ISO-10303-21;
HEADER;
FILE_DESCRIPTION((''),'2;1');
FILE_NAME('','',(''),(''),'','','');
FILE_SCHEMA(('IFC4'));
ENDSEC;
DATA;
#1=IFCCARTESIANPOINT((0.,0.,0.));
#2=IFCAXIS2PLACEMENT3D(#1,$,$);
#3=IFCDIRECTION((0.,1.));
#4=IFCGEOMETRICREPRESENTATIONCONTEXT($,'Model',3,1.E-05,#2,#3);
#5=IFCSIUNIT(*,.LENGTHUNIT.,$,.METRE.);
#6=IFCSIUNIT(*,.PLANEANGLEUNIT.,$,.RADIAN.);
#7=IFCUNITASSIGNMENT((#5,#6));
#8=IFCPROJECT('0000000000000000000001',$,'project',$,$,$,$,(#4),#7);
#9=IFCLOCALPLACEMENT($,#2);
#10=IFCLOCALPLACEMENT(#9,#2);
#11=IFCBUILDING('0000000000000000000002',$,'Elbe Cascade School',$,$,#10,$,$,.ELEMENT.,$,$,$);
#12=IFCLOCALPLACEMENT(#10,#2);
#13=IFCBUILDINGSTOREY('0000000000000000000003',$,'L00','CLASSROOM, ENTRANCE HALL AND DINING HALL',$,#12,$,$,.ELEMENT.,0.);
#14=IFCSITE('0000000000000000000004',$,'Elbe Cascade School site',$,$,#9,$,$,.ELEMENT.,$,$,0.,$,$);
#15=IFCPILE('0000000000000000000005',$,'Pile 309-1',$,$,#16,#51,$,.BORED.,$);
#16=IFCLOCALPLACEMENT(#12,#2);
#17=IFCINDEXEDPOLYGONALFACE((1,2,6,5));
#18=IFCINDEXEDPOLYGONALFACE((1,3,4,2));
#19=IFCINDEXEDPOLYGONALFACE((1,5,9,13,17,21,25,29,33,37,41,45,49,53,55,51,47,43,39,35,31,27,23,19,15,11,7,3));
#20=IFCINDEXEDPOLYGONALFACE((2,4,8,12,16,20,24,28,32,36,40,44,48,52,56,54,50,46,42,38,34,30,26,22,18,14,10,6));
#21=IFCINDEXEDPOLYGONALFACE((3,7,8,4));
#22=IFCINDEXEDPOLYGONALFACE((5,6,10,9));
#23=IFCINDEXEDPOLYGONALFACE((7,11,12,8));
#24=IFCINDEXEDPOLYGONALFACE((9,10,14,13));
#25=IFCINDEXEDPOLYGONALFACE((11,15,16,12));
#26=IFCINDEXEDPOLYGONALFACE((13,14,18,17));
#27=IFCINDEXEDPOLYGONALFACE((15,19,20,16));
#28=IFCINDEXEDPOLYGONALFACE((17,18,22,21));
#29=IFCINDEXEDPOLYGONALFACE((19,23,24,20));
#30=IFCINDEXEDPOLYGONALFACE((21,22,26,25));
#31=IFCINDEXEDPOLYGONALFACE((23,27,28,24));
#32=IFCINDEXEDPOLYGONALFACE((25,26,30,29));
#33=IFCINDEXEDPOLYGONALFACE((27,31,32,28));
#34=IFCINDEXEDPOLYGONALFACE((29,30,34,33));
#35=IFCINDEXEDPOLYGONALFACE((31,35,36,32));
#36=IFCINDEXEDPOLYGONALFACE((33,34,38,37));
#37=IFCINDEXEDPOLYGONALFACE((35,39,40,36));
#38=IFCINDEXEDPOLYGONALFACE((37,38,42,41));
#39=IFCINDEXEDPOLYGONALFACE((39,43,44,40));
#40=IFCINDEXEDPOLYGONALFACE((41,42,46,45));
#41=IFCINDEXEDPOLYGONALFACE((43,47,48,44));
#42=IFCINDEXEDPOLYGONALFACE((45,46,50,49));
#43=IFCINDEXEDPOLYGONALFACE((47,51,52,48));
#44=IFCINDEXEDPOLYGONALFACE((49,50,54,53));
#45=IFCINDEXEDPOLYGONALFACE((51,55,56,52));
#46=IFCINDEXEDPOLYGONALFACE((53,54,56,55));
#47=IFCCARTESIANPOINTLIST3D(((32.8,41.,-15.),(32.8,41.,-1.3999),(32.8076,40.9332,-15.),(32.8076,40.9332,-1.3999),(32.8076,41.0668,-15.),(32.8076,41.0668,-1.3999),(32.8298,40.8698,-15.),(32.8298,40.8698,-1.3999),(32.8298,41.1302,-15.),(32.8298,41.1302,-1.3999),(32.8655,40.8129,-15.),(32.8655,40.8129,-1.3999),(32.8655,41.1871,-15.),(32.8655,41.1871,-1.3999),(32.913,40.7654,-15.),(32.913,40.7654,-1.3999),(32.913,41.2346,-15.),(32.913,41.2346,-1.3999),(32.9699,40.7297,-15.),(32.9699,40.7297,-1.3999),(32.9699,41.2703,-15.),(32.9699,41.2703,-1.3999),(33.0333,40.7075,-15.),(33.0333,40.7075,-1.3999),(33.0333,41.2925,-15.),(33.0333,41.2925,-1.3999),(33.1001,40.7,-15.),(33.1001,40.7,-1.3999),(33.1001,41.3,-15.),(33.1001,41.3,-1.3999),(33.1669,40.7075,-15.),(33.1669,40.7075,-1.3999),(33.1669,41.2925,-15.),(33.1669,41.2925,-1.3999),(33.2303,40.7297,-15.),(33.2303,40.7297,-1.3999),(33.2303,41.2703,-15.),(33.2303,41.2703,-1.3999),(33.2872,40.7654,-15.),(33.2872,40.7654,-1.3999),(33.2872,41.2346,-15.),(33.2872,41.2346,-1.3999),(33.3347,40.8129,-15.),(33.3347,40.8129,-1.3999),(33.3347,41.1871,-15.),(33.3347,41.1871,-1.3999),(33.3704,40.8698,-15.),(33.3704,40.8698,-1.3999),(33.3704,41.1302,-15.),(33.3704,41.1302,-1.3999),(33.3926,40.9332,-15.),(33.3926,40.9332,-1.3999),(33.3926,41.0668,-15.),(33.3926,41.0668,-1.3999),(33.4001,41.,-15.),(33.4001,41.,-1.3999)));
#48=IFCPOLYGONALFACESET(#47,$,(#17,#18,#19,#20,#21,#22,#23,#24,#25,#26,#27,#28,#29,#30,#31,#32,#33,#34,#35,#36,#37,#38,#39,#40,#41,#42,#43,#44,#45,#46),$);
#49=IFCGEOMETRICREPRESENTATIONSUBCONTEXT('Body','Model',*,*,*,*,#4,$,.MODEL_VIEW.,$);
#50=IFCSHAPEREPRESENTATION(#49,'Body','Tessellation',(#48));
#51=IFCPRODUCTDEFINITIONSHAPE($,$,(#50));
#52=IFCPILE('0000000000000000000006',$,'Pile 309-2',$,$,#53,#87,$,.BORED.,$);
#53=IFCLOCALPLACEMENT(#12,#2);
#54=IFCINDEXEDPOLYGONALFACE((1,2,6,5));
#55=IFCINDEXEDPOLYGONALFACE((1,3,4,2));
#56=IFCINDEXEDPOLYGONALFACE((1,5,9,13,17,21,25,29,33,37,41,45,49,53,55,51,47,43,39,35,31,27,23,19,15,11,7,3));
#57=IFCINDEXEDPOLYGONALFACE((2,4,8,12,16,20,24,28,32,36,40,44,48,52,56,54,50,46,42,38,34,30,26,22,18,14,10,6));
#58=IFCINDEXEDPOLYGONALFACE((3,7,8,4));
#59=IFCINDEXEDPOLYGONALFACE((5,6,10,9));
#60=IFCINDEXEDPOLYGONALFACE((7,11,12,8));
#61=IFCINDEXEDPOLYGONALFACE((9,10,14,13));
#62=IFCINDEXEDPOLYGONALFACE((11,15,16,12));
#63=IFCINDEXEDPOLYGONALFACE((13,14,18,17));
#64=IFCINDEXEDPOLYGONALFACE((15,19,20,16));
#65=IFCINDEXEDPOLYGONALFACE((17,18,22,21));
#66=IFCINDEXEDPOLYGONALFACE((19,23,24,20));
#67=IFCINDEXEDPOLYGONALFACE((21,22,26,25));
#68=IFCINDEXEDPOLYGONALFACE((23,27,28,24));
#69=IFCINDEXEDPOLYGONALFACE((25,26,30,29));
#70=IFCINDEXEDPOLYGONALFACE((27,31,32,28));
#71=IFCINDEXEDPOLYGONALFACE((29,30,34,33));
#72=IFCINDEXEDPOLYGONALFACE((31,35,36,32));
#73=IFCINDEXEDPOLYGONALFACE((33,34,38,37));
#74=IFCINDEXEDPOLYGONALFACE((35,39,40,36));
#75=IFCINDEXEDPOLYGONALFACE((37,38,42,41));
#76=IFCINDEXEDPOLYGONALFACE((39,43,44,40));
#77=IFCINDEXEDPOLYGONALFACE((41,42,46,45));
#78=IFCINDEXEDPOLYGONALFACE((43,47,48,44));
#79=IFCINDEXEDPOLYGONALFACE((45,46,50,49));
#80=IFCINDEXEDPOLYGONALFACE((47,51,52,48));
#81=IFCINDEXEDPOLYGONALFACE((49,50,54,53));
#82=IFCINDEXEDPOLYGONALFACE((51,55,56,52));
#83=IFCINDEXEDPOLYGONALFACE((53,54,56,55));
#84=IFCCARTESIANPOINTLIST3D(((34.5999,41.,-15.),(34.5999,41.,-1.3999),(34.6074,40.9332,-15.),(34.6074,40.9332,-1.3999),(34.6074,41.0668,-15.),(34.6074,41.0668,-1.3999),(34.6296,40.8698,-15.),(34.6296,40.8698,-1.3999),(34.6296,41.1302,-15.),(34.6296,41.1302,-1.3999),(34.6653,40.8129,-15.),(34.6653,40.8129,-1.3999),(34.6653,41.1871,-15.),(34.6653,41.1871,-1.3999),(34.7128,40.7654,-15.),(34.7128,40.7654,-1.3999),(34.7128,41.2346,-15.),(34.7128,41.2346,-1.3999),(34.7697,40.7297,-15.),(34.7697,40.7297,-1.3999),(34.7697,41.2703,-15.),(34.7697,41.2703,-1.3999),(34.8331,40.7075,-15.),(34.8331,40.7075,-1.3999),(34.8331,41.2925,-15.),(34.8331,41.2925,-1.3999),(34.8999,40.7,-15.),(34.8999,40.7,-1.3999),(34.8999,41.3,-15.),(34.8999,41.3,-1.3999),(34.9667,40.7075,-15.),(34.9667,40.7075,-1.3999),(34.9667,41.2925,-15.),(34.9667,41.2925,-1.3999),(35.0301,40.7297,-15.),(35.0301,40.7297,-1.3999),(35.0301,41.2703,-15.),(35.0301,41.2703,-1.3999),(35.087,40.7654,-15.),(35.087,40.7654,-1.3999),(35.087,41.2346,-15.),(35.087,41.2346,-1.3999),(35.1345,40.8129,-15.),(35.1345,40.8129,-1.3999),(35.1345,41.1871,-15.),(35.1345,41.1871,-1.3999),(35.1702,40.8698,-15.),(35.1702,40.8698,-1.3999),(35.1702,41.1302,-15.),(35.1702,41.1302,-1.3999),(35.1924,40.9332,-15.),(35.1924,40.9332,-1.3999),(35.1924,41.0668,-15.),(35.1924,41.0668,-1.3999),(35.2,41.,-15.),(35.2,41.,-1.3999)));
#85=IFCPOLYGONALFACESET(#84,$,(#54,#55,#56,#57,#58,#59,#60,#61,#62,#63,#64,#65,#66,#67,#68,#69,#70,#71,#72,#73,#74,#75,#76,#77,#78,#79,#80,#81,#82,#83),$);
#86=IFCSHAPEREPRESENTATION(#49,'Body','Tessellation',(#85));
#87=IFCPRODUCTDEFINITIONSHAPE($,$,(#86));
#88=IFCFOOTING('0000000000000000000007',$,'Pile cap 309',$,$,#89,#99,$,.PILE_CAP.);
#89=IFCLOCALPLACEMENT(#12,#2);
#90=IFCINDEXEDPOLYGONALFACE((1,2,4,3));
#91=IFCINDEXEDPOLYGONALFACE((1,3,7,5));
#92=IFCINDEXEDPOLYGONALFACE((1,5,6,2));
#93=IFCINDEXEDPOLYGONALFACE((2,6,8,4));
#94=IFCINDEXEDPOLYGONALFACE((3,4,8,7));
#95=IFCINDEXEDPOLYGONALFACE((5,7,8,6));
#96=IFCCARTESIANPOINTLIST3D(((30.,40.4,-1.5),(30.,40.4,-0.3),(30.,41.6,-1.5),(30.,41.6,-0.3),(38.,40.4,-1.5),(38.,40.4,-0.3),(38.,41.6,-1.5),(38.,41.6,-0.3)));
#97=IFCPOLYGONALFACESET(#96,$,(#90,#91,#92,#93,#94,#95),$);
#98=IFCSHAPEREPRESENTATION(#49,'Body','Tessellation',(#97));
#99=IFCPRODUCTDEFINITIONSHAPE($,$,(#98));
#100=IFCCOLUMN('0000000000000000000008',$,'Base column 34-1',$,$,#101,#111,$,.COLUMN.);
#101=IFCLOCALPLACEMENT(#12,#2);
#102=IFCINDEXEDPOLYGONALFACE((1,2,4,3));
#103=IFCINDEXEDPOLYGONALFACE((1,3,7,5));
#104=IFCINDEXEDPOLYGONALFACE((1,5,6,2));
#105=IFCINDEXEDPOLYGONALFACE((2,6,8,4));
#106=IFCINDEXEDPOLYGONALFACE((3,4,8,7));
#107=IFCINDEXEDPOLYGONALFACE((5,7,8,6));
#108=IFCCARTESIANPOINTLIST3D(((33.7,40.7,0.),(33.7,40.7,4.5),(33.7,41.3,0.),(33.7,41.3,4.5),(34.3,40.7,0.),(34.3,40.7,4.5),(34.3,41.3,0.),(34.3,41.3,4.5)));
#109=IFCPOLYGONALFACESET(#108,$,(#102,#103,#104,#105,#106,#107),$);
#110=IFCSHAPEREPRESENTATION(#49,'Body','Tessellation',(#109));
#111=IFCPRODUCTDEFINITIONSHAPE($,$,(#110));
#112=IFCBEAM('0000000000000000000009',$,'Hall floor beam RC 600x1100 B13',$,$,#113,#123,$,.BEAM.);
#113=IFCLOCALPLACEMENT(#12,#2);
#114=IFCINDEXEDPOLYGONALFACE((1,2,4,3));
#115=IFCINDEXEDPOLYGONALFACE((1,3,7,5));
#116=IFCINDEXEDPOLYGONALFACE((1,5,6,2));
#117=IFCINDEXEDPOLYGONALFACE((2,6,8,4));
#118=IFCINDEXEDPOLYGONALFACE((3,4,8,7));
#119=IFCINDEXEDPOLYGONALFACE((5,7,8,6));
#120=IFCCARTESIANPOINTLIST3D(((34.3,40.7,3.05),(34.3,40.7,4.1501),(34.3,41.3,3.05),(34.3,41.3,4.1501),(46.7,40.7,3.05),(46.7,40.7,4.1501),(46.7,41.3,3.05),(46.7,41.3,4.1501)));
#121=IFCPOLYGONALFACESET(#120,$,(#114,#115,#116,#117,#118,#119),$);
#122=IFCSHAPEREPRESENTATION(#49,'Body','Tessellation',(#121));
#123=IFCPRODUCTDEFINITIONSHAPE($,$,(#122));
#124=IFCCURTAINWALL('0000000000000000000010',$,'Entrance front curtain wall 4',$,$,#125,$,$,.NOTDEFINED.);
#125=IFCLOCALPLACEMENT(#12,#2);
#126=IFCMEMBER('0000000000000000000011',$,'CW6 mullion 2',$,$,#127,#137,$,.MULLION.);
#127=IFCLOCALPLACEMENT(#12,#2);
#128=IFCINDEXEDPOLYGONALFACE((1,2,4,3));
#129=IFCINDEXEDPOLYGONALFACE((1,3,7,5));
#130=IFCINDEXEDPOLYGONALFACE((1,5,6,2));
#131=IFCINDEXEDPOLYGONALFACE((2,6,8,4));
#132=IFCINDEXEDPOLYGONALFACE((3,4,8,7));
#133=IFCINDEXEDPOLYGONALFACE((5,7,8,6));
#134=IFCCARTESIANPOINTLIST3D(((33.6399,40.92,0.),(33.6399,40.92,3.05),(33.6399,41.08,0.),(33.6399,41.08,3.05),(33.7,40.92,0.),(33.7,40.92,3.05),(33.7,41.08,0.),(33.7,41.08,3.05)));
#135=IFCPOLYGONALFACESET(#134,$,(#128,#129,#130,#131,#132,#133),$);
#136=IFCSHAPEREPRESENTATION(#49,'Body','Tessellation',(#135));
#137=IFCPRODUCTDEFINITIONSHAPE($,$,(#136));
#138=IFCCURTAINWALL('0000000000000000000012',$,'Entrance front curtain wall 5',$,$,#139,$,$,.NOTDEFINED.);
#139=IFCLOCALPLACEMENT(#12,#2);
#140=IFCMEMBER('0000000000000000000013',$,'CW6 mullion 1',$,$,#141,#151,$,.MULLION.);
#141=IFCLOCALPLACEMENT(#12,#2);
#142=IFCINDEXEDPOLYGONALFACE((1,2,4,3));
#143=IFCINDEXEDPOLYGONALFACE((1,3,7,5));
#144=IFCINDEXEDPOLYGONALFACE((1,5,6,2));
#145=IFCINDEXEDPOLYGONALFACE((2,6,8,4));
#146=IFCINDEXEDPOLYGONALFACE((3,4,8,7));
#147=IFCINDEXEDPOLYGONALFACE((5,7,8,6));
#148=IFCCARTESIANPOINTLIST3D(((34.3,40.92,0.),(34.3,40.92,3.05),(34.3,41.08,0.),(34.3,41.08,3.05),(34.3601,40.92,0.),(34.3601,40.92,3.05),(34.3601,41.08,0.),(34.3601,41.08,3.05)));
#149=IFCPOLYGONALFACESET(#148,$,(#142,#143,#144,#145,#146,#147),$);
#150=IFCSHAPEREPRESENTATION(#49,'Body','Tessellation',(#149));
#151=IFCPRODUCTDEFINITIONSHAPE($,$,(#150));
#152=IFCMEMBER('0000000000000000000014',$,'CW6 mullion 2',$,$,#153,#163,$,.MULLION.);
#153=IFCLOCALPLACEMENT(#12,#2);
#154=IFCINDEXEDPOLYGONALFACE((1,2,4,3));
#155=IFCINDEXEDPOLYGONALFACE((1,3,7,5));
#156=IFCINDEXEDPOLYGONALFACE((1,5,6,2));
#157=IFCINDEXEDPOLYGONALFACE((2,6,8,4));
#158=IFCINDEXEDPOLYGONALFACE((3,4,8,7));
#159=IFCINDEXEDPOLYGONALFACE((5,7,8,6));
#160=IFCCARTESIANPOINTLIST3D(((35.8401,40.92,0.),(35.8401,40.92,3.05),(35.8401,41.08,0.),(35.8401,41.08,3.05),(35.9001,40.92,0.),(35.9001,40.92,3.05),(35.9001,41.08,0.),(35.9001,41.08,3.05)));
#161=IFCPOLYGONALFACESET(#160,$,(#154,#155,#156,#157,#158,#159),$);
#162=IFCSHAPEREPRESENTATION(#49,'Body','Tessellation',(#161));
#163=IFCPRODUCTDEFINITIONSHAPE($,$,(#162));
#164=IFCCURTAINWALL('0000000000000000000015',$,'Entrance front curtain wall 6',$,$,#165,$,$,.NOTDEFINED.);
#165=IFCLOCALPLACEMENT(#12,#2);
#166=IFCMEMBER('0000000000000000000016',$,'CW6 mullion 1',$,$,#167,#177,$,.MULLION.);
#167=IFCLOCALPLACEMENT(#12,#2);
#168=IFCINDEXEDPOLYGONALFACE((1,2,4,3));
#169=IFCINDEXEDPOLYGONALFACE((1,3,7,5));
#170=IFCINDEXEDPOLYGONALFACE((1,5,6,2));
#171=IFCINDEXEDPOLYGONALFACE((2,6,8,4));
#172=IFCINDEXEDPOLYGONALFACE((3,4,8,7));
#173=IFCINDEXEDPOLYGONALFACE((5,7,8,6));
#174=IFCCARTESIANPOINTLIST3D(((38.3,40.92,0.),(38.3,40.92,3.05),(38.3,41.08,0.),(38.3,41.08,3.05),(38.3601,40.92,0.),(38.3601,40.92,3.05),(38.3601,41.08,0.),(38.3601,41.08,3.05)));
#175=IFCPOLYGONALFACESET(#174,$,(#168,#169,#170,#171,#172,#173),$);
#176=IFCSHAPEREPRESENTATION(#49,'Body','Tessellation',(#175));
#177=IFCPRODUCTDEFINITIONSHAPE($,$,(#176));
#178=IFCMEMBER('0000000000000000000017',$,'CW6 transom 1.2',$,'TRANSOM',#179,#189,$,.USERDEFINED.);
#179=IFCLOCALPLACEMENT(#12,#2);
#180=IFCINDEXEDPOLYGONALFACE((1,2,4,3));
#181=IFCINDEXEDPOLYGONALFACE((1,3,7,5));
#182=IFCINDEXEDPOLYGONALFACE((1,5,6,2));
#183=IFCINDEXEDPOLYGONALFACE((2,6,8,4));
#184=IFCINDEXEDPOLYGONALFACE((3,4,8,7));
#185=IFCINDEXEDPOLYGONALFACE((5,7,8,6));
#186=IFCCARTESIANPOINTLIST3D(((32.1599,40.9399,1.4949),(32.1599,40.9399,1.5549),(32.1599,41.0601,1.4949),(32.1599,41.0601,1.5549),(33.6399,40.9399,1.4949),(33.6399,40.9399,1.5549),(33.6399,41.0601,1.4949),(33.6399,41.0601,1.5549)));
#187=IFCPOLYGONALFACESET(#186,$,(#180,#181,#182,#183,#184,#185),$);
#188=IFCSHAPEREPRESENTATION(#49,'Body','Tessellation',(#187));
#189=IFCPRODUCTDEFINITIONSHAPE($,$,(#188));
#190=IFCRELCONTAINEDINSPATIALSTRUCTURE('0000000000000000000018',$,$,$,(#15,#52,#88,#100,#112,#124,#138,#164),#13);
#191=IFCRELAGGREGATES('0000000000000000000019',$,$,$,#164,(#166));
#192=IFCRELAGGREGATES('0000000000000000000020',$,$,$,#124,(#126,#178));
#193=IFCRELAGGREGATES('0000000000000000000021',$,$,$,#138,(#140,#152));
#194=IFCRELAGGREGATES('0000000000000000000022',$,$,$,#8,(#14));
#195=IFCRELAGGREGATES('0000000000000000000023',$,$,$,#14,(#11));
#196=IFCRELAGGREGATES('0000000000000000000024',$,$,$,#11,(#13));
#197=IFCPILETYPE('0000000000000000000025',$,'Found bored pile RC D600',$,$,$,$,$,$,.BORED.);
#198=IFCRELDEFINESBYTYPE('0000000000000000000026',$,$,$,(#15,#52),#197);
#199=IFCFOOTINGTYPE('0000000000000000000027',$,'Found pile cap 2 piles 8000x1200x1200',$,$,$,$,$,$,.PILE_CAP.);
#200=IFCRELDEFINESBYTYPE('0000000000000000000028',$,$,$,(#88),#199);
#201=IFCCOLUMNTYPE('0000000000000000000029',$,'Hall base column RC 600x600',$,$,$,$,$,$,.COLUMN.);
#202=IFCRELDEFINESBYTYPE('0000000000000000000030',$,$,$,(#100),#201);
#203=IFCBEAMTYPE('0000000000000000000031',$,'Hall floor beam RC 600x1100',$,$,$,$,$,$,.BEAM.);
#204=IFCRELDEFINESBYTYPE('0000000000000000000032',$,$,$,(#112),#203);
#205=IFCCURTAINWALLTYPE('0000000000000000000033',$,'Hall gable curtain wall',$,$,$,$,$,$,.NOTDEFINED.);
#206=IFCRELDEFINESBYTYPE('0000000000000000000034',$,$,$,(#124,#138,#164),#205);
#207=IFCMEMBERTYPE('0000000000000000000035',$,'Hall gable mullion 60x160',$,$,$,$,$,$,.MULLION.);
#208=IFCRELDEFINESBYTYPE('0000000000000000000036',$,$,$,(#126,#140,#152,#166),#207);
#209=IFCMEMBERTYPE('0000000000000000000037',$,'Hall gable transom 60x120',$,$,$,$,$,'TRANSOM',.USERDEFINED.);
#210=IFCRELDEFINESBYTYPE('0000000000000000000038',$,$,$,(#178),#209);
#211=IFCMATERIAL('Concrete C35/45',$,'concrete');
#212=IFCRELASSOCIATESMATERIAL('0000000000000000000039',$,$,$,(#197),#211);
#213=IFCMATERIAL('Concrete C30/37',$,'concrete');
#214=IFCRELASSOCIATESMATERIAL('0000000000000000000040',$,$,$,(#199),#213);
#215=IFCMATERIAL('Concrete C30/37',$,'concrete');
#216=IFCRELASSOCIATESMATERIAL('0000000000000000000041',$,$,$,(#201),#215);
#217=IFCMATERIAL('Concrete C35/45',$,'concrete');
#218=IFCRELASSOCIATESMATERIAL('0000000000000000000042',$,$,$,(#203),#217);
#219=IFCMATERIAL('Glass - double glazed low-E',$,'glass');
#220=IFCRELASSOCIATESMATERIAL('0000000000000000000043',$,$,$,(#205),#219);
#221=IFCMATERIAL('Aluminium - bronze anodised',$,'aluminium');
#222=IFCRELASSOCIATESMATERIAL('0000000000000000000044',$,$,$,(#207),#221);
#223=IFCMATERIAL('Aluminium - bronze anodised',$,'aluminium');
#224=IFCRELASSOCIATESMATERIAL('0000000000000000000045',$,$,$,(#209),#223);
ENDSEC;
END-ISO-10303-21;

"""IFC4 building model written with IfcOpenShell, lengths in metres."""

from ifc_helpers import new_model, si_unit, direction, frame, origin, origin_2d, place, context, subcontext, project, spatial, rectangle, circle, extrude, material, material_profile, profile_set, type_object, element, aggregate, save


model = new_model("IFC4")

# Units and contexts
model_context = context("Model", 3, precision=1e-05, world=origin(), true_north=direction((0.0, 1.0)))
body_context = subcontext(model_context, "Body", "Model", "MODEL_VIEW")
ifc_project = project(units=[si_unit("LENGTHUNIT", "METRE"), si_unit("PLANEANGLEUNIT", "RADIAN")], contexts=[model_context])

# Site, building, storey
site_placement = place(None, origin())
site = spatial("IfcSite", under=ifc_project, at=site_placement, Name="Elbe Cascade School site", CompositionType="ELEMENT", RefElevation=0.0)
building_placement = place(site_placement, origin())
building = spatial("IfcBuilding", under=site, at=building_placement, Name="Elbe Cascade School", CompositionType="ELEMENT")
storey_placement = place(building_placement, origin())
storey = spatial("IfcBuildingStorey", under=building, at=storey_placement, Name="L00", Description="CLASSROOM, ENTRANCE HALL AND DINING HALL", CompositionType="ELEMENT", Elevation=0.0)

# Piles
ifc_material_1 = material(Name="Concrete C35/45", Category="concrete")
ifc_material_profile_1 = material_profile(ifc_material_1, circle(Radius=0.3, at=origin_2d()), Name="RC D600")
ifc_profile_set_1 = profile_set([ifc_material_profile_1], Name="Concrete C35/45")
pile_type = type_object("IfcPileType", Name="Found bored pile RC D600", PredefinedType="BORED", material=ifc_profile_set_1)
for number, where, z_axis, x_axis, name in (
    (1, (33.1001, 41.0, -1.3999), (0.0, 0.0, -1.0), (1.0, 0.0, 0.0), "Pile 309-1"),
    (2, (34.8999, 41.0, -1.3999), (0.0, 0.0, -1.0), (1.0, 0.0, 0.0), "Pile 309-2"),
):
    element("IfcPile", number, at=place(storey_placement, frame(where, z_axis=z_axis, x_axis=x_axis)), inside=storey, type_object=pile_type, Name=name, PredefinedType="BORED", context=body_context, shape_type="SweptSolid", body=[
        extrude(circle(Radius=0.3, at=origin_2d()), origin(), (0.0, 0.0, 1.0), 13.6001),
    ])

# Footing
ifc_material_2 = material(Name="Concrete C30/37", Category="concrete")
footing_type = type_object("IfcFootingType", Name="Found pile cap 2 piles 8000x1200x1200", PredefinedType="PILE_CAP", material=ifc_material_2)
footing_placement = place(storey_placement, frame((34.0, 41.0, -1.5), z_axis=(0.0, 0.0, 1.0), x_axis=(1.0, 0.0, 0.0)))
element("IfcFooting", 3, at=footing_placement, inside=storey, type_object=footing_type, Name="Pile cap 309", PredefinedType="PILE_CAP", context=body_context, shape_type="SweptSolid", body=[
    extrude(rectangle(XDim=8.0, YDim=1.2, at=origin_2d()), origin(), (0.0, 0.0, 1.0), 1.2),
])

# Column
ifc_material_3 = material(Name="Concrete C30/37", Category="concrete")
ifc_material_profile_2 = material_profile(ifc_material_3, rectangle(XDim=0.6001, YDim=0.6001, at=origin_2d()), Name="RC 600x600")
ifc_profile_set_2 = profile_set([ifc_material_profile_2], Name="Concrete C30/37")
column_type = type_object("IfcColumnType", Name="Hall base column RC 600x600", PredefinedType="COLUMN", material=ifc_profile_set_2)
column_placement = place(storey_placement, frame((34.0, 41.0, 0.0), z_axis=(0.0, 0.0, 1.0), x_axis=(1.0, 0.0, 0.0)))
element("IfcColumn", 4, at=column_placement, inside=storey, type_object=column_type, Name="Base column 34-1", PredefinedType="COLUMN", context=body_context, shape_type="SweptSolid", body=[
    extrude(rectangle(XDim=0.6001, YDim=0.6001, at=origin_2d()), origin(), (0.0, 0.0, 1.0), 4.5),
])

# Beam
ifc_material_4 = material(Name="Concrete C35/45", Category="concrete")
ifc_material_profile_3 = material_profile(ifc_material_4, rectangle(XDim=0.6001, YDim=1.1001, at=origin_2d()), Name="RC 600x1100")
ifc_profile_set_3 = profile_set([ifc_material_profile_3], Name="Concrete C35/45")
beam_type = type_object("IfcBeamType", Name="Hall floor beam RC 600x1100", PredefinedType="BEAM", material=ifc_profile_set_3)
beam_placement = place(storey_placement, frame((34.3, 41.0, 3.6001), z_axis=(1.0, 0.0, 0.0), x_axis=(0.0, 1.0, 0.0)))
element("IfcBeam", 5, at=beam_placement, inside=storey, type_object=beam_type, Name="Hall floor beam RC 600x1100 B13", PredefinedType="BEAM", context=body_context, shape_type="SweptSolid", body=[
    extrude(rectangle(XDim=0.6001, YDim=1.1001, at=origin_2d()), origin(), (0.0, 0.0, 1.0), 12.3999),
])

# Curtain wall, member
ifc_material_5 = material(Name="Glass - double glazed low-E", Category="glass")
curtain_wall_type = type_object("IfcCurtainWallType", Name="Hall gable curtain wall", PredefinedType="NOTDEFINED", material=ifc_material_5)
curtain_wall_1_placement = place(storey_placement, origin())
curtain_wall_1 = element("IfcCurtainWall", 6, at=curtain_wall_1_placement, inside=storey, type_object=curtain_wall_type, Name="Entrance front curtain wall 4", PredefinedType="NOTDEFINED")
ifc_material_6 = material(Name="Aluminium - bronze anodised", Category="aluminium")
ifc_material_profile_4 = material_profile(ifc_material_6, rectangle(XDim=0.1599, YDim=0.0601, at=origin_2d()), Name="Alu 60x160")
ifc_profile_set_4 = profile_set([ifc_material_profile_4], Name="Aluminium - bronze anodised")
member_type_1 = type_object("IfcMemberType", Name="Hall gable mullion 60x160", PredefinedType="MULLION", material=ifc_profile_set_4)
member_1_placement = place(storey_placement, frame((33.6699, 41.0, 0.0), z_axis=(0.0, 0.0, 1.0), x_axis=(0.0, 1.0, 0.0)))
member_1 = element("IfcMember", 7, at=member_1_placement, type_object=member_type_1, Name="CW6 mullion 2", PredefinedType="MULLION", context=body_context, shape_type="SweptSolid", body=[
    extrude(rectangle(XDim=0.1599, YDim=0.0601, at=origin_2d()), origin(), (0.0, 0.0, 1.0), 3.05),
])

# Curtain wall, members
curtain_wall_2_placement = place(storey_placement, origin())
curtain_wall_2 = element("IfcCurtainWall", 8, at=curtain_wall_2_placement, inside=storey, type_object=curtain_wall_type, Name="Entrance front curtain wall 5", PredefinedType="NOTDEFINED")
member_2_placement = place(storey_placement, frame((34.3301, 41.0, 0.0), z_axis=(0.0, 0.0, 1.0), x_axis=(0.0, 1.0, 0.0)))
member_2 = element("IfcMember", 9, at=member_2_placement, type_object=member_type_1, Name="CW6 mullion 1", PredefinedType="MULLION", context=body_context, shape_type="SweptSolid", body=[
    extrude(rectangle(XDim=0.1599, YDim=0.0601, at=origin_2d()), origin(), (0.0, 0.0, 1.0), 3.05),
])
member_3_placement = place(storey_placement, frame((35.8701, 41.0, 0.0), z_axis=(0.0, 0.0, 1.0), x_axis=(0.0, 1.0, 0.0)))
member_3 = element("IfcMember", 10, at=member_3_placement, type_object=member_type_1, Name="CW6 mullion 2", PredefinedType="MULLION", context=body_context, shape_type="SweptSolid", body=[
    extrude(rectangle(XDim=0.1599, YDim=0.0601, at=origin_2d()), origin(), (0.0, 0.0, 1.0), 3.05),
])

# Curtain wall, member
curtain_wall_3_placement = place(storey_placement, origin())
curtain_wall_3 = element("IfcCurtainWall", 11, at=curtain_wall_3_placement, inside=storey, type_object=curtain_wall_type, Name="Entrance front curtain wall 6", PredefinedType="NOTDEFINED")
member_4_placement = place(storey_placement, frame((38.3301, 41.0, 0.0), z_axis=(0.0, 0.0, 1.0), x_axis=(0.0, 1.0, 0.0)))
member_4 = element("IfcMember", 12, at=member_4_placement, type_object=member_type_1, Name="CW6 mullion 1", PredefinedType="MULLION", context=body_context, shape_type="SweptSolid", body=[
    extrude(rectangle(XDim=0.1599, YDim=0.0601, at=origin_2d()), origin(), (0.0, 0.0, 1.0), 3.05),
])

# Member
ifc_material_7 = material(Name="Aluminium - bronze anodised", Category="aluminium")
ifc_material_profile_5 = material_profile(ifc_material_7, rectangle(XDim=0.1201, YDim=0.0601, at=origin_2d()), Name="Alu 60x120")
ifc_profile_set_5 = profile_set([ifc_material_profile_5], Name="Aluminium - bronze anodised")
member_type_2 = type_object("IfcMemberType", Name="Hall gable transom 60x120", ElementType="TRANSOM", PredefinedType="USERDEFINED", material=ifc_profile_set_5)
member_5_placement = place(storey_placement, frame((32.1599, 41.0, 1.5249), z_axis=(1.0, 0.0, 0.0), x_axis=(0.0, 1.0, 0.0)))
member_5 = element("IfcMember", 13, at=member_5_placement, type_object=member_type_2, Name="CW6 transom 1.2", ObjectType="TRANSOM", PredefinedType="USERDEFINED", context=body_context, shape_type="SweptSolid", body=[
    extrude(rectangle(XDim=0.1201, YDim=0.0601, at=origin_2d()), origin(), (0.0, 0.0, 1.0), 1.48),
])
aggregate(curtain_wall_3, [member_4])

aggregate(curtain_wall_1, [member_1, member_5])
aggregate(curtain_wall_2, [member_2, member_3])

save(model, "model.ifc")
